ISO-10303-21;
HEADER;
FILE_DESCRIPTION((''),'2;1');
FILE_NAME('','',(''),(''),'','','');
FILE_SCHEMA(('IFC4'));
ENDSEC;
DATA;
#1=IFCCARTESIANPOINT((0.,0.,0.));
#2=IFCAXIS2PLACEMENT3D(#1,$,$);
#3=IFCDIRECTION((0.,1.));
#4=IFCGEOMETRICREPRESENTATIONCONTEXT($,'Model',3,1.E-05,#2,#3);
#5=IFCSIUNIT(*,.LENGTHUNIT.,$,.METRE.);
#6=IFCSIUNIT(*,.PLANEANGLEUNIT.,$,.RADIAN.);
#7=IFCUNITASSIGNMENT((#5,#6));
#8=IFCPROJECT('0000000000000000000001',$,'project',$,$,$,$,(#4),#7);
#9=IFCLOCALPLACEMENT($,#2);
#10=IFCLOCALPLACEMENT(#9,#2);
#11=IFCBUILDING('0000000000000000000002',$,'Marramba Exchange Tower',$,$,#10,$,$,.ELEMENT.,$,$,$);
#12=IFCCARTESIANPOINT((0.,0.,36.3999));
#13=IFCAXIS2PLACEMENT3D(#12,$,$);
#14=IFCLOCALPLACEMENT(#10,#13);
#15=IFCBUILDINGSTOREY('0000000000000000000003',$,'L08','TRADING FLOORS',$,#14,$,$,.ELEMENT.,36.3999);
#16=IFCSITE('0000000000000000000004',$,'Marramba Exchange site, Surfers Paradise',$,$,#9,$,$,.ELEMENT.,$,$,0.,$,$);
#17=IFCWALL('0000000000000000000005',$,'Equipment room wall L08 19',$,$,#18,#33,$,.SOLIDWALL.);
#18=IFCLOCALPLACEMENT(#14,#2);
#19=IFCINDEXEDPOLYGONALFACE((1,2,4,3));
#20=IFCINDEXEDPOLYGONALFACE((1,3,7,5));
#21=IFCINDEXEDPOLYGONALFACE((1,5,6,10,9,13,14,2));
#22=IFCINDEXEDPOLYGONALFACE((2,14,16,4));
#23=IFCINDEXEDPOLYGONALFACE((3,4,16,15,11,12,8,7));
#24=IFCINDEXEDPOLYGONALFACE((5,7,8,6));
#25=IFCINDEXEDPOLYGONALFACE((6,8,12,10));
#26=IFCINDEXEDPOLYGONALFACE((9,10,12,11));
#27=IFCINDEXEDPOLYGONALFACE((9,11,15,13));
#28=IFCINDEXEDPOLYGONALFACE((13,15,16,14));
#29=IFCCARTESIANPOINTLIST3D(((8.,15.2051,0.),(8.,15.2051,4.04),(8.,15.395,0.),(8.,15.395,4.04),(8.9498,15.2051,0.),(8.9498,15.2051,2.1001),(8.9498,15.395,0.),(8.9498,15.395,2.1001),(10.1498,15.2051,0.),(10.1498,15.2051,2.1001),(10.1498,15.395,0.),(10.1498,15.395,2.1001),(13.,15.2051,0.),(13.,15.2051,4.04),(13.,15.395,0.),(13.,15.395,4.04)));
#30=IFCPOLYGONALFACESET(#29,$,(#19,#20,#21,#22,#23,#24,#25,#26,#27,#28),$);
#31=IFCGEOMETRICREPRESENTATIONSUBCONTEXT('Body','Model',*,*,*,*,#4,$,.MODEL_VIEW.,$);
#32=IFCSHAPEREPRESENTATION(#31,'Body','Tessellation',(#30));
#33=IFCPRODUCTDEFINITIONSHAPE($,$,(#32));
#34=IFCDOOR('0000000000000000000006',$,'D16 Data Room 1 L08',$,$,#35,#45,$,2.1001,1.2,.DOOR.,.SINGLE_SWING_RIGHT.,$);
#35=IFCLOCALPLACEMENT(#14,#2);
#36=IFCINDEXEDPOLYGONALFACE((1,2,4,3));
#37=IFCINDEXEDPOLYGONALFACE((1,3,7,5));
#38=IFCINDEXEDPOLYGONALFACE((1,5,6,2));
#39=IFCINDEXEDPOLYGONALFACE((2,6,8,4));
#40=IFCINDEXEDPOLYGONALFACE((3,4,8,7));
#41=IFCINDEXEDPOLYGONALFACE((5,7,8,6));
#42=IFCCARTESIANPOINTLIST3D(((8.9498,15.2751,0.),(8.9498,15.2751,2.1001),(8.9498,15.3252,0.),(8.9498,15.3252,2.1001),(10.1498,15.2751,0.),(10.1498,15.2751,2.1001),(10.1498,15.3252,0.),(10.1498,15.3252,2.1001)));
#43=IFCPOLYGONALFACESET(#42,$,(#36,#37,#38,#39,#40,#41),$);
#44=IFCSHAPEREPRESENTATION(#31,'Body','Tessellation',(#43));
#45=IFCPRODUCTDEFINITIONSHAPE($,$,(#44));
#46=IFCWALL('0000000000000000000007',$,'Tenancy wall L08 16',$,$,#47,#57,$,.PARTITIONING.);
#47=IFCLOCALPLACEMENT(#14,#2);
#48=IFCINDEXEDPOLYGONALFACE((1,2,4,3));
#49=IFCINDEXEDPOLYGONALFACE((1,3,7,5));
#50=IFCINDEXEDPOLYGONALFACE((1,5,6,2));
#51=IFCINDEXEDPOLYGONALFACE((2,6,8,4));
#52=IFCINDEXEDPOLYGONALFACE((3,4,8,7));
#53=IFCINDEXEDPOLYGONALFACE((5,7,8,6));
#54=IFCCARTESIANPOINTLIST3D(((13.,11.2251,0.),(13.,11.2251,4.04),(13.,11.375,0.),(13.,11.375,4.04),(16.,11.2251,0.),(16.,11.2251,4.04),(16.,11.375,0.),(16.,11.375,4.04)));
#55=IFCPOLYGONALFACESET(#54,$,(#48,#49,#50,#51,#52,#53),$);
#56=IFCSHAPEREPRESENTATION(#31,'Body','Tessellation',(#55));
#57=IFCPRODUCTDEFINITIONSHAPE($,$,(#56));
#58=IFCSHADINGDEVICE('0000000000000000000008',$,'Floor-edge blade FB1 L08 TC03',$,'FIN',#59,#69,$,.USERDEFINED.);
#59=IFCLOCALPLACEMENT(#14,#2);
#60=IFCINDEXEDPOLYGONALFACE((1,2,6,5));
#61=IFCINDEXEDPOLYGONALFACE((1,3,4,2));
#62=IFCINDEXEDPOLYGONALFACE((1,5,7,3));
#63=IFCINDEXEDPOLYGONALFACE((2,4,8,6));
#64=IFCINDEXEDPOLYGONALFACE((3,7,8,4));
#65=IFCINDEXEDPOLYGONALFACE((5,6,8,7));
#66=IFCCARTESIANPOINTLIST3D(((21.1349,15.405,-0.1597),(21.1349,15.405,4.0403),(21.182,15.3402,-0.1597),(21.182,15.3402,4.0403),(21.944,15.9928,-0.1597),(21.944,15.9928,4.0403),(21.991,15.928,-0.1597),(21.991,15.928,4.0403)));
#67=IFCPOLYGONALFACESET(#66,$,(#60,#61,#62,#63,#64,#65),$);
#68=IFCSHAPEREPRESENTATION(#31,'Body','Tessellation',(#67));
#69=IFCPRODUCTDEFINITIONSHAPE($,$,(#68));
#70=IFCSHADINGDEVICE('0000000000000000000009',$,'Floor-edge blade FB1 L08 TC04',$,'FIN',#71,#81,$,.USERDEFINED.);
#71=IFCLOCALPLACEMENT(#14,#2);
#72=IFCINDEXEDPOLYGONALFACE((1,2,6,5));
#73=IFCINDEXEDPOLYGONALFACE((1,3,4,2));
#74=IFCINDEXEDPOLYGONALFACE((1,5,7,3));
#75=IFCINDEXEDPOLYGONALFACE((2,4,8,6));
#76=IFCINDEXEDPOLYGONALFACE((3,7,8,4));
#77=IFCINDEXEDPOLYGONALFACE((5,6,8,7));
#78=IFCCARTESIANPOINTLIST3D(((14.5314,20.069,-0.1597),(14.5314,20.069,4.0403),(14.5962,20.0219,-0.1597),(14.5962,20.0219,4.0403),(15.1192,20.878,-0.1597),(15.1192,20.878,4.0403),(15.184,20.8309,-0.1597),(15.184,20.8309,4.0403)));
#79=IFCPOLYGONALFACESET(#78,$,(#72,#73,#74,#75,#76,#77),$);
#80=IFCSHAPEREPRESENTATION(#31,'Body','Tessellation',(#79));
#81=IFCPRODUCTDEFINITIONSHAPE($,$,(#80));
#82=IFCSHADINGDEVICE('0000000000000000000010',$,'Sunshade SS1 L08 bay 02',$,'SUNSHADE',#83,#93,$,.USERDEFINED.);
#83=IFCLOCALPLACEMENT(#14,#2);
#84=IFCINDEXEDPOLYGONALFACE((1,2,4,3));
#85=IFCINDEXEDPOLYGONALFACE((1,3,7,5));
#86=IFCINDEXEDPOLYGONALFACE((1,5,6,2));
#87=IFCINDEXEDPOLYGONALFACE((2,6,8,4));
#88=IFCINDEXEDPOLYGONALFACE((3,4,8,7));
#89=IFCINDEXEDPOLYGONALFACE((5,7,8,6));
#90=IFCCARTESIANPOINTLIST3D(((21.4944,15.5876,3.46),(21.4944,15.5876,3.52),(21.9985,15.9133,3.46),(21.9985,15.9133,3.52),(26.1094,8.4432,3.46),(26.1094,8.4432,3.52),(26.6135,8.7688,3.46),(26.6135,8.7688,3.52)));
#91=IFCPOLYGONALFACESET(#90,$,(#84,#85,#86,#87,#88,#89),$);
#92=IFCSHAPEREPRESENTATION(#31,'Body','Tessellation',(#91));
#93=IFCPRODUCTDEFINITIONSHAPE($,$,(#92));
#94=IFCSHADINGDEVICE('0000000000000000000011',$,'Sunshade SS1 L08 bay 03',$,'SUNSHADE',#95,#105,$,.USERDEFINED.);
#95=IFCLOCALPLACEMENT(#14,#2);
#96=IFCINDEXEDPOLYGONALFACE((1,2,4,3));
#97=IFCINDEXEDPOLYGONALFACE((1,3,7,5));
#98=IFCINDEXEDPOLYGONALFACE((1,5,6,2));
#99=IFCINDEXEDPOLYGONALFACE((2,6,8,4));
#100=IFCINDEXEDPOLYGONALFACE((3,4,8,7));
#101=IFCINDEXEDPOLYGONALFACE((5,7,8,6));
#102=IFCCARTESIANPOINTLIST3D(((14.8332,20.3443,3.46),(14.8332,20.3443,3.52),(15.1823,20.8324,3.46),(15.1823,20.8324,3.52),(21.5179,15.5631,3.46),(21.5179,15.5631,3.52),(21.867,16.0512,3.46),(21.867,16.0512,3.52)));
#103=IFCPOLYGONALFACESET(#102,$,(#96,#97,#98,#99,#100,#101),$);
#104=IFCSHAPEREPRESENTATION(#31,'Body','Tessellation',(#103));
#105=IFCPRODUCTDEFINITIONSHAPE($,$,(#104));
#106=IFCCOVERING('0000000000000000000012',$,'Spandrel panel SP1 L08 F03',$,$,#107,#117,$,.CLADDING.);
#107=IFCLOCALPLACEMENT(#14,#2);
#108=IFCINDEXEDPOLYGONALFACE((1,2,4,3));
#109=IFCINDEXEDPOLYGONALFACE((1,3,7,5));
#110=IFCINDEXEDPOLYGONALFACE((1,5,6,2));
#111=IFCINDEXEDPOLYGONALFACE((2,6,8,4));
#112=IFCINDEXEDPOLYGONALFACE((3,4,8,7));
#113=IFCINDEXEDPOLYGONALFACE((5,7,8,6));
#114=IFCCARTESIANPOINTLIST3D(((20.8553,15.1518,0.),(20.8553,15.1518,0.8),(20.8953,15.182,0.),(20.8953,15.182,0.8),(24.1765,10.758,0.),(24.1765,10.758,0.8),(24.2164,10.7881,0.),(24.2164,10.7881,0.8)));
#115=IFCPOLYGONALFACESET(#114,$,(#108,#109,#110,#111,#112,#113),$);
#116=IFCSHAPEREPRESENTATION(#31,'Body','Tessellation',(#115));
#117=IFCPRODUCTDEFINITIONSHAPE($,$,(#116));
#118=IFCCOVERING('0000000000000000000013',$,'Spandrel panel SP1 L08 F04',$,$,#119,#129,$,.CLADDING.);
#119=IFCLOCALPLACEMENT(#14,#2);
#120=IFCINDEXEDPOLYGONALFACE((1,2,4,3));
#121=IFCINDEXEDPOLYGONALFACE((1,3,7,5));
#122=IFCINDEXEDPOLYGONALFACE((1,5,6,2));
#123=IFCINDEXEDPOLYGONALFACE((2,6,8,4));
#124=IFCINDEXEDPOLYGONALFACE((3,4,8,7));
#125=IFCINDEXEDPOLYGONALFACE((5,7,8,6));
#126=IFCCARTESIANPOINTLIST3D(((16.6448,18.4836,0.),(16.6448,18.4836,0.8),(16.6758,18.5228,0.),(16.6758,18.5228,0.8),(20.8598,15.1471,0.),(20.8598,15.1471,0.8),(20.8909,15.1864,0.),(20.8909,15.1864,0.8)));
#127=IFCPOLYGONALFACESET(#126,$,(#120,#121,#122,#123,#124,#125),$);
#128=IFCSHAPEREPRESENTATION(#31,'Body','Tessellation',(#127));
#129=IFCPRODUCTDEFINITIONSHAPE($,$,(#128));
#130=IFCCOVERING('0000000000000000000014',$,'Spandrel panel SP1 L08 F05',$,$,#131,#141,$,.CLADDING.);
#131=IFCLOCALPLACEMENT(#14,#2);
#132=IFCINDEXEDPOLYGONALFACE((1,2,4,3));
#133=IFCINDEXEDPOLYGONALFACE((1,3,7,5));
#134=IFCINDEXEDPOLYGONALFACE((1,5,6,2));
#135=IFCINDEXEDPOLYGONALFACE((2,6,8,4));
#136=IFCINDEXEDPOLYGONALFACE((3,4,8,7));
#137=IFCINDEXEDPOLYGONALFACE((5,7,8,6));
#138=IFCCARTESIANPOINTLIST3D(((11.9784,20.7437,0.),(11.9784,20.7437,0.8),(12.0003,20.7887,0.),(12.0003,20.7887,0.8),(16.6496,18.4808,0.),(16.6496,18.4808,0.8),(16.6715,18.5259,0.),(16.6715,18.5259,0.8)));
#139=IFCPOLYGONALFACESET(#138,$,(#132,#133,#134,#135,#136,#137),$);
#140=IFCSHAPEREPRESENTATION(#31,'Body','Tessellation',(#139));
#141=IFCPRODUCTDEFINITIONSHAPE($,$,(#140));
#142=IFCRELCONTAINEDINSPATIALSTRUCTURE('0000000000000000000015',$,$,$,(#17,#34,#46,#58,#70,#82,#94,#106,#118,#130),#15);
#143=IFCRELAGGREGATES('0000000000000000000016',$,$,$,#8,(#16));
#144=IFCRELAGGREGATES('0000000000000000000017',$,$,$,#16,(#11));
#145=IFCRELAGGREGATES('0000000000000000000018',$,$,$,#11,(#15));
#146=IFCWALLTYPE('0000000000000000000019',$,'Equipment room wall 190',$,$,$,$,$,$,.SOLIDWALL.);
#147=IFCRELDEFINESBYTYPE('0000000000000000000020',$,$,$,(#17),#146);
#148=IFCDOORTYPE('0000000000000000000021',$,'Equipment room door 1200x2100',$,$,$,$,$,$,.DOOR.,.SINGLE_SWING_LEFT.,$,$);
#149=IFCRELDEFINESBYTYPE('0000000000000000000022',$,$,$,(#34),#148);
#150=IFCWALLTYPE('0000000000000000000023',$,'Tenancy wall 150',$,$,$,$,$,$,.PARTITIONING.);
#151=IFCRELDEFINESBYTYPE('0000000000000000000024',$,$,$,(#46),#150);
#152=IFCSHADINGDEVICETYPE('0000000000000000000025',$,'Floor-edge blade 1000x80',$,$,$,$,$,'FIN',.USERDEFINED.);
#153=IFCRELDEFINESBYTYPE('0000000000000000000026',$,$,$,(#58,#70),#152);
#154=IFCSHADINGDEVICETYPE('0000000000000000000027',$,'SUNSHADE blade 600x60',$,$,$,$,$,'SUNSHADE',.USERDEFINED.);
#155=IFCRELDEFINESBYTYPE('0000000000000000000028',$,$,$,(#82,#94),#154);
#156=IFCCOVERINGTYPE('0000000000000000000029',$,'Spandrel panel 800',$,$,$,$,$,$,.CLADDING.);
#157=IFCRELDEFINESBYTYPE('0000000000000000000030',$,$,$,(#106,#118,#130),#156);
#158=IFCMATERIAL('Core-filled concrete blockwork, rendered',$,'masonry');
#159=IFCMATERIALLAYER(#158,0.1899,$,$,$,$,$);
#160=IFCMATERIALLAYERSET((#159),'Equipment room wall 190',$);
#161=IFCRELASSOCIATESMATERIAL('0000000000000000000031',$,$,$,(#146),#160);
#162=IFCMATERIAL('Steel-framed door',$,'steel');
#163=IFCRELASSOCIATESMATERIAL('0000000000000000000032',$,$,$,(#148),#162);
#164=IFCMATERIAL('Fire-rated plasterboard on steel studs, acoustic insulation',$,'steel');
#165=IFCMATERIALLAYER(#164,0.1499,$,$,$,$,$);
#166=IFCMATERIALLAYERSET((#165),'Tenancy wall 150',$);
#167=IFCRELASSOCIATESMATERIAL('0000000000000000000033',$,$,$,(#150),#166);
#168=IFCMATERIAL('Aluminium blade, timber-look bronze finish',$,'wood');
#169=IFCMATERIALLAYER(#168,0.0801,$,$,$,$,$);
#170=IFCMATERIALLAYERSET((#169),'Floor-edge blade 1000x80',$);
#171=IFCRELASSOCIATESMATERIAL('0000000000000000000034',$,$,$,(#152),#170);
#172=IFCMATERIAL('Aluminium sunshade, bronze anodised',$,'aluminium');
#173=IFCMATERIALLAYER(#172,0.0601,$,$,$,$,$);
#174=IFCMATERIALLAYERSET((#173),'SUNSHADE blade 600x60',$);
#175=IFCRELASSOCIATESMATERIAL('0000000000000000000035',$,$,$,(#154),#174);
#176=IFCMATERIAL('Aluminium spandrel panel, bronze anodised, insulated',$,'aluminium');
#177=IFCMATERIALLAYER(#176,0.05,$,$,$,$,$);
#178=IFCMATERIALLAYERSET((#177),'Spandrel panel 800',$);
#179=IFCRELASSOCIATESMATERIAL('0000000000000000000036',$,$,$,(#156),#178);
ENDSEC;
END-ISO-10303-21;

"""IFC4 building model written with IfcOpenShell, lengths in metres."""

from ifc_helpers import new_model, si_unit, direction, frame, frame_2d, origin, origin_2d, place, context, subcontext, project, spatial, rectangle, extrude, material, layer, layer_set, type_object, element, fill, save


model = new_model("IFC4")

# Units and contexts
model_context = context("Model", 3, precision=1e-05, world=origin(), true_north=direction((0.0, 1.0)))
body_context = subcontext(model_context, "Body", "Model", "MODEL_VIEW")
ifc_project = project(units=[si_unit("LENGTHUNIT", "METRE"), si_unit("PLANEANGLEUNIT", "RADIAN")], contexts=[model_context])

# Site, building, storey
site_placement = place(None, origin())
site = spatial("IfcSite", under=ifc_project, at=site_placement, Name="Marramba Exchange site, Surfers Paradise", CompositionType="ELEMENT", RefElevation=0.0)
building_placement = place(site_placement, origin())
building = spatial("IfcBuilding", under=site, at=building_placement, Name="Marramba Exchange Tower", CompositionType="ELEMENT")
storey_placement = place(building_placement, frame((0.0, 0.0, 36.3999)))
storey = spatial("IfcBuildingStorey", under=building, at=storey_placement, Name="L08", Description="TRADING FLOORS", CompositionType="ELEMENT", Elevation=36.3999)

# Shared definitions
ifc_material_1 = material(Name="Core-filled concrete blockwork, rendered", Category="masonry")
ifc_layer_1 = layer(ifc_material_1, 0.1899)
ifc_layer_set_1 = layer_set([ifc_layer_1], Name="Equipment room wall 190")
wall_type_1 = type_object("IfcWallType", Name="Equipment room wall 190", PredefinedType="SOLIDWALL", material=ifc_layer_set_1)

# Wall, opening, door
wall_1_placement = place(storey_placement, frame((13.0, 15.3, 0.0), z_axis=(0.0, 0.0, 1.0), x_axis=(-1.0, 0.0, 0.0)))
wall_1 = element("IfcWall", 1, at=wall_1_placement, inside=storey, type_object=wall_type_1, Name="Equipment room wall L08 19", PredefinedType="SOLIDWALL", context=body_context, shape_type="SweptSolid", body=[
    extrude(rectangle(XDim=5.0, YDim=0.1899, at=frame_2d((2.5, 0.0))), origin(), (0.0, 0.0, 1.0), 4.04),
])
opening_placement = place(wall_1_placement, frame((2.8501, 0.0, 0.0)))
opening = element("IfcOpeningElement", 2, at=opening_placement, cuts=wall_1, PredefinedType="OPENING", context=body_context, shape_type="SweptSolid", body=[
    extrude(rectangle(XDim=1.2, YDim=2.1001, at=frame_2d((0.6001, 1.05))), frame((0.0, 0.105, 0.0), z_axis=(0.0, -1.0, 0.0), x_axis=(1.0, 0.0, 0.0)), (0.0, 0.0, 1.0), 0.21),
])
ifc_material_2 = material(Name="Steel-framed door", Category="steel")
door_type = type_object("IfcDoorType", Name="Equipment room door 1200x2100", OperationType="SINGLE_SWING_LEFT", PredefinedType="DOOR", material=ifc_material_2)
door_placement = place(opening_placement, origin())
door = element("IfcDoor", 3, at=door_placement, inside=storey, type_object=door_type, Name="D16 Data Room 1 L08", OperationType="SINGLE_SWING_RIGHT", OverallHeight=2.1001, OverallWidth=1.2, PredefinedType="DOOR", context=body_context, shape_type="SweptSolid", body=[
    extrude(rectangle(XDim=1.2, YDim=2.1001, at=frame_2d((0.6001, 1.05))), frame((0.0, 0.0249, 0.0), z_axis=(0.0, -1.0, 0.0), x_axis=(1.0, 0.0, 0.0)), (0.0, 0.0, 1.0), 0.05),
])
fill(opening, door)

# Wall
ifc_material_3 = material(Name="Fire-rated plasterboard on steel studs, acoustic insulation", Category="steel")
ifc_layer_2 = layer(ifc_material_3, 0.1499)
ifc_layer_set_2 = layer_set([ifc_layer_2], Name="Tenancy wall 150")
wall_type_2 = type_object("IfcWallType", Name="Tenancy wall 150", PredefinedType="PARTITIONING", material=ifc_layer_set_2)
wall_2_placement = place(storey_placement, frame((16.0, 11.3, 0.0), z_axis=(0.0, 0.0, 1.0), x_axis=(-1.0, 0.0, 0.0)))
element("IfcWall", 4, at=wall_2_placement, inside=storey, type_object=wall_type_2, Name="Tenancy wall L08 16", PredefinedType="PARTITIONING", context=body_context, shape_type="SweptSolid", body=[
    extrude(rectangle(XDim=3.0, YDim=0.1499, at=frame_2d((1.5, 0.0))), origin(), (0.0, 0.0, 1.0), 4.04),
])

# Shading devices
ifc_material_4 = material(Name="Aluminium blade, timber-look bronze finish", Category="wood")
ifc_layer_3 = layer(ifc_material_4, 0.0801)
ifc_layer_set_3 = layer_set([ifc_layer_3], Name="Floor-edge blade 1000x80")
shading_device_type_1 = type_object("IfcShadingDeviceType", Name="Floor-edge blade 1000x80", ElementType="FIN", PredefinedType="USERDEFINED", material=ifc_layer_set_3)
for number, where, z_axis, x_axis, name in (
    (5, (21.563, 15.6665, -0.1597), (0.0, 0.0, 1.0), (0.809017, 0.587785, 0.0), "Floor-edge blade FB1 L08 TC03"),
    (6, (14.8577, 20.45, -0.1597), (0.0, 0.0, 1.0), (0.587785, 0.809017, 0.0), "Floor-edge blade FB1 L08 TC04"),
):
    element("IfcShadingDevice", number, at=place(storey_placement, frame(where, z_axis=z_axis, x_axis=x_axis)), inside=storey, type_object=shading_device_type_1, Name=name, ObjectType="FIN", PredefinedType="USERDEFINED", context=body_context, shape_type="SweptSolid", body=[
        extrude(rectangle(XDim=1.0, YDim=0.0801, at=origin_2d()), origin(), (0.0, 0.0, 1.0), 4.2),
    ])
ifc_material_5 = material(Name="Aluminium sunshade, bronze anodised", Category="aluminium")
ifc_layer_4 = layer(ifc_material_5, 0.0601)
ifc_layer_set_4 = layer_set([ifc_layer_4], Name="SUNSHADE blade 600x60")
shading_device_type_2 = type_object("IfcShadingDeviceType", Name="SUNSHADE blade 600x60", ElementType="SUNSHADE", PredefinedType="USERDEFINED", material=ifc_layer_set_4)
shading_device_1_placement = place(storey_placement, frame((24.054, 12.1782, 3.46), z_axis=(0.0, 0.0, 1.0), x_axis=(-0.542597, 0.839993, 0.0)))
element("IfcShadingDevice", 7, at=shading_device_1_placement, inside=storey, type_object=shading_device_type_2, Name="Sunshade SS1 L08 bay 02", ObjectType="SUNSHADE", PredefinedType="USERDEFINED", context=body_context, shape_type="SweptSolid", body=[
    extrude(rectangle(XDim=8.5054, YDim=0.6001, at=origin_2d()), origin(), (0.0, 0.0, 1.0), 0.0601),
])
shading_device_2_placement = place(storey_placement, frame((18.3501, 18.1978, 3.46), z_axis=(0.0, 0.0, 1.0), x_axis=(-0.813363, 0.581757, 0.0)))
element("IfcShadingDevice", 8, at=shading_device_2_placement, inside=storey, type_object=shading_device_type_2, Name="Sunshade SS1 L08 bay 03", ObjectType="SUNSHADE", PredefinedType="USERDEFINED", context=body_context, shape_type="SweptSolid", body=[
    extrude(rectangle(XDim=8.2185, YDim=0.6001, at=origin_2d()), origin(), (0.0, 0.0, 1.0), 0.0601),
])

# Coverings
ifc_material_6 = material(Name="Aluminium spandrel panel, bronze anodised, insulated", Category="aluminium")
ifc_layer_5 = layer(ifc_material_6, 0.05)
ifc_layer_set_5 = layer_set([ifc_layer_5], Name="Spandrel panel 800")
covering_type = type_object("IfcCoveringType", Name="Spandrel panel 800", PredefinedType="CLADDING", material=ifc_layer_set_5)
covering_1_placement = place(storey_placement, frame((22.5359, 12.97, 0.0), z_axis=(0.0, 0.0, 1.0), x_axis=(-0.60299, 0.797749, 0.0)))
element("IfcCovering", 9, at=covering_1_placement, inside=storey, type_object=covering_type, Name="Spandrel panel SP1 L08 F03", PredefinedType="CLADDING", context=body_context, shape_type="SweptSolid", body=[
    extrude(rectangle(XDim=5.5078, YDim=0.05, at=origin_2d()), origin(), (0.0, 0.0, 1.0), 0.8),
])
covering_2_placement = place(storey_placement, frame((18.7678, 16.835, 0.0), z_axis=(0.0, 0.0, 1.0), x_axis=(-0.784088, 0.62065, 0.0)))
element("IfcCovering", 10, at=covering_2_placement, inside=storey, type_object=covering_type, Name="Spandrel panel SP1 L08 F04", PredefinedType="CLADDING", context=body_context, shape_type="SweptSolid", body=[
    extrude(rectangle(XDim=5.3757, YDim=0.05, at=origin_2d()), origin(), (0.0, 0.0, 1.0), 0.8),
])
covering_3_placement = place(storey_placement, frame((14.325, 19.6348, 0.0), z_axis=(0.0, 0.0, 1.0), x_axis=(-0.899963, 0.435965, 0.0)))
element("IfcCovering", 11, at=covering_3_placement, inside=storey, type_object=covering_type, Name="Spandrel panel SP1 L08 F05", PredefinedType="CLADDING", context=body_context, shape_type="SweptSolid", body=[
    extrude(rectangle(XDim=5.1904, YDim=0.05, at=origin_2d()), origin(), (0.0, 0.0, 1.0), 0.8),
])

save(model, "model.ifc")
